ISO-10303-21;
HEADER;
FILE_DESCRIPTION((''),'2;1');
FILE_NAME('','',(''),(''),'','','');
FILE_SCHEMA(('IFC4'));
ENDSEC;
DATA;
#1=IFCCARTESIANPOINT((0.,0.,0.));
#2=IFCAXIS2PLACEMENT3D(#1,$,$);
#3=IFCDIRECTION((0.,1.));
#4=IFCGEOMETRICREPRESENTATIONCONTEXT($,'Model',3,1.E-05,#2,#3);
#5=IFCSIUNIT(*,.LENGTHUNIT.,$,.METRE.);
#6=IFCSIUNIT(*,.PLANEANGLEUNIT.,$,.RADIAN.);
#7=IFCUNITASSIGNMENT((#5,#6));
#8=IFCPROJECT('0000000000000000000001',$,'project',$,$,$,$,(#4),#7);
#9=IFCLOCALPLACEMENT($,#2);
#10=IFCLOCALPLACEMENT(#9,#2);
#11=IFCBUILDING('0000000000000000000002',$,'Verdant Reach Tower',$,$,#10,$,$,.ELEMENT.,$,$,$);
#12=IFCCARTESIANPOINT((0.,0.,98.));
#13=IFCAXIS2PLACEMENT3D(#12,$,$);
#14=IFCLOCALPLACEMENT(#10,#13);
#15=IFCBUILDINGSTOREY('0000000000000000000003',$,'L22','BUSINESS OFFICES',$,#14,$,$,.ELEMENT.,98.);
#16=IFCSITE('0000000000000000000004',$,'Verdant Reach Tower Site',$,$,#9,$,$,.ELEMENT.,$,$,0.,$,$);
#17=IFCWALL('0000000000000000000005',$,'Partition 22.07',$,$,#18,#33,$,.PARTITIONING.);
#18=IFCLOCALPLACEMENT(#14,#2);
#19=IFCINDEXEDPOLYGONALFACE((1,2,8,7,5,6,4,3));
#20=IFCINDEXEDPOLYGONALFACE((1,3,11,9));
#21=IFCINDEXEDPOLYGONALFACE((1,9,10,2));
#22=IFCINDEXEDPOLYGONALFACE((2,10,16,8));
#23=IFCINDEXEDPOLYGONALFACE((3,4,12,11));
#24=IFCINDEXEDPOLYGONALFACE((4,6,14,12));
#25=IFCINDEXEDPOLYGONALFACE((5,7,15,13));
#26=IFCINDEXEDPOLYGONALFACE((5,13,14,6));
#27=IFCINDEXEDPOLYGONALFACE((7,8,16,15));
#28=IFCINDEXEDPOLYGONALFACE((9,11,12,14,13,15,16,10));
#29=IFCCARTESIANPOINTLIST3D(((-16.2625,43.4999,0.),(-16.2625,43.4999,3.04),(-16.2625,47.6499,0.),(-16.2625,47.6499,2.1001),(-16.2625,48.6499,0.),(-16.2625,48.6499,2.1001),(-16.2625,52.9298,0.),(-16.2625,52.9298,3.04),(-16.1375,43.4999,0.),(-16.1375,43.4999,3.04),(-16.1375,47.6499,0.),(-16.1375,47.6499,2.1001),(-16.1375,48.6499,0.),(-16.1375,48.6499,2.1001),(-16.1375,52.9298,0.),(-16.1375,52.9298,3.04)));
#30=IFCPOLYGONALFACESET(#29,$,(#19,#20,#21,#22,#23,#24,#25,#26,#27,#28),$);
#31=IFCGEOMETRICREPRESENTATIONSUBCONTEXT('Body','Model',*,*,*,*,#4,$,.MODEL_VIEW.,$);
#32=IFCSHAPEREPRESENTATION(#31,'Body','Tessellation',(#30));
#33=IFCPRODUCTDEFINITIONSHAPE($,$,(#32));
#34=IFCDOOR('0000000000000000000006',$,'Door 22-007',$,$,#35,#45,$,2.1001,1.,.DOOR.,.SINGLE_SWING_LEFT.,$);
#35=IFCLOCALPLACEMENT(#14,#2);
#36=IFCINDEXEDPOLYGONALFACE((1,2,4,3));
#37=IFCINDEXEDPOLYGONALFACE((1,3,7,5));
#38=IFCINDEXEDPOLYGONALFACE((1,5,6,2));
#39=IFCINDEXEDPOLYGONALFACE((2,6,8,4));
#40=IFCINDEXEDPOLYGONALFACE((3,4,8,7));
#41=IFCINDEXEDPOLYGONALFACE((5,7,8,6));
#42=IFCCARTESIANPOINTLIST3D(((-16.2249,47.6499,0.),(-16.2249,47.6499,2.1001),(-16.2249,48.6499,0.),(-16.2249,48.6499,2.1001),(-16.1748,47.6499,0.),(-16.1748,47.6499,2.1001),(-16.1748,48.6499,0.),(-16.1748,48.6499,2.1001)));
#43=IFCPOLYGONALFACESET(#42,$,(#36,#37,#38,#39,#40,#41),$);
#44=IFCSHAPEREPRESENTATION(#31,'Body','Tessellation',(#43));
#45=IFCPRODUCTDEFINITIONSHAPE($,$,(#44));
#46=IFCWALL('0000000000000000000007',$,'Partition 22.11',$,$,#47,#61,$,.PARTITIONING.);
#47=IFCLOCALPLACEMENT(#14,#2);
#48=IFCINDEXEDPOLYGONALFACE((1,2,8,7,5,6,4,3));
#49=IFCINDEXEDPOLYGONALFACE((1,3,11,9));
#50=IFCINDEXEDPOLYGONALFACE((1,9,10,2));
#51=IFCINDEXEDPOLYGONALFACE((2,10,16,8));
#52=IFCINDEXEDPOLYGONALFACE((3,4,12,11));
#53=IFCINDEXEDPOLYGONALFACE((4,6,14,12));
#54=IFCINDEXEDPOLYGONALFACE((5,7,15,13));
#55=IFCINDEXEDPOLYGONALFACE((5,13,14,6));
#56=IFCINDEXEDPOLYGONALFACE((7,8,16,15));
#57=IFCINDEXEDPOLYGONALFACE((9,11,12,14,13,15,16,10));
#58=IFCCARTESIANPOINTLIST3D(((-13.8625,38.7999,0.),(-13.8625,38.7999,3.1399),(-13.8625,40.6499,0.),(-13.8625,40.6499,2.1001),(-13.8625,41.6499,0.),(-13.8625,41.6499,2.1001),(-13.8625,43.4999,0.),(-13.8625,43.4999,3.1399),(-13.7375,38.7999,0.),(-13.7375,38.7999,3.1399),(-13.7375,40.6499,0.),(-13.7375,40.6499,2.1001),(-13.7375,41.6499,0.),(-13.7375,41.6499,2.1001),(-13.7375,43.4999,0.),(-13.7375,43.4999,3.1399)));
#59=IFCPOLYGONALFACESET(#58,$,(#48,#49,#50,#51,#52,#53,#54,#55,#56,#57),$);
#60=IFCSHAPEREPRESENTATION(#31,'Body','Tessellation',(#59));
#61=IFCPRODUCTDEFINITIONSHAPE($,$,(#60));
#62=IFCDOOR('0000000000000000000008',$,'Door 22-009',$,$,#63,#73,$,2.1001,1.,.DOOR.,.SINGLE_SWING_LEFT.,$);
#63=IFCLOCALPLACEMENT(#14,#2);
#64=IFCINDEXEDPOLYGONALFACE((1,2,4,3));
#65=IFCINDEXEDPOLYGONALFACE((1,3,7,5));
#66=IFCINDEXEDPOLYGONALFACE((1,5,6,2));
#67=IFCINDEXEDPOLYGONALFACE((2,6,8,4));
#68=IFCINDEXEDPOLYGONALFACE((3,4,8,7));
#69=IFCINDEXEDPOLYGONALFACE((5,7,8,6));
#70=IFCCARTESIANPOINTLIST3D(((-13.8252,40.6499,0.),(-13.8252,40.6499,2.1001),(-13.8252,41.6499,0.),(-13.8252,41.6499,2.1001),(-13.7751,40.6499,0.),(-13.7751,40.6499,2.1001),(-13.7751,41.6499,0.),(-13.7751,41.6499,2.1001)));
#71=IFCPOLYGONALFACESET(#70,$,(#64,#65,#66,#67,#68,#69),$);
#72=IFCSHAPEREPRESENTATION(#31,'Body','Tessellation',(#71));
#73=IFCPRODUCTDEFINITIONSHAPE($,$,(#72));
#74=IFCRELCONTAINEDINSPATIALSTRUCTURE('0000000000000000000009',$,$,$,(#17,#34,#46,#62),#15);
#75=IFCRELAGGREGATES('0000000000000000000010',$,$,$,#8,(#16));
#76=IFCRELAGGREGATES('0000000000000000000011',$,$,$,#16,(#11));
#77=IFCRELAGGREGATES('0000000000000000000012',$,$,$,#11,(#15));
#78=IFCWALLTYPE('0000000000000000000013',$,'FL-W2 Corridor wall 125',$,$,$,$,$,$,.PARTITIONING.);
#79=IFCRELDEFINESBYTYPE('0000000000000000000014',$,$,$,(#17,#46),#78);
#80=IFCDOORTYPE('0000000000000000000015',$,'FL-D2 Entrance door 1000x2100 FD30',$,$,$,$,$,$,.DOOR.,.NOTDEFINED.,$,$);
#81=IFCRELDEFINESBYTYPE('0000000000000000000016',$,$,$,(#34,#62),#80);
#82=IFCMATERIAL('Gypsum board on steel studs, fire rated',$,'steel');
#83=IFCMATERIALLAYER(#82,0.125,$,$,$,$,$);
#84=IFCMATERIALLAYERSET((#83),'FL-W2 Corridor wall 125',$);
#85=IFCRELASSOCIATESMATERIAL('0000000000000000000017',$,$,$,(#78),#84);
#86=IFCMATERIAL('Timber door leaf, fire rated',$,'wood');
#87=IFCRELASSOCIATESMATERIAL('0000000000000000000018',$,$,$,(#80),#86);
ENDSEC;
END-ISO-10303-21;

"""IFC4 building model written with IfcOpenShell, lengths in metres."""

from ifc_helpers import new_model, si_unit, direction, frame, frame_2d, origin, place, context, subcontext, project, spatial, rectangle, extrude, material, layer, layer_set, type_object, element, fill, save


model = new_model("IFC4")

# Units and contexts
model_context = context("Model", 3, precision=1e-05, world=origin(), true_north=direction((0.0, 1.0)))
body_context = subcontext(model_context, "Body", "Model", "MODEL_VIEW")
ifc_project = project(units=[si_unit("LENGTHUNIT", "METRE"), si_unit("PLANEANGLEUNIT", "RADIAN")], contexts=[model_context])

# Site, building, storey
site_placement = place(None, origin())
site = spatial("IfcSite", under=ifc_project, at=site_placement, Name="Verdant Reach Tower Site", CompositionType="ELEMENT", RefElevation=0.0)
building_placement = place(site_placement, origin())
building = spatial("IfcBuilding", under=site, at=building_placement, Name="Verdant Reach Tower", CompositionType="ELEMENT")
storey_placement = place(building_placement, frame((0.0, 0.0, 98.0)))
storey = spatial("IfcBuildingStorey", under=building, at=storey_placement, Name="L22", Description="BUSINESS OFFICES", CompositionType="ELEMENT", Elevation=98.0)

# Walls, openings, doors
ifc_material_1 = material(Name="Gypsum board on steel studs, fire rated", Category="steel")
ifc_layer_1 = layer(ifc_material_1, 0.125)
ifc_layer_set_1 = layer_set([ifc_layer_1], Name="FL-W2 Corridor wall 125")
wall_type_1 = type_object("IfcWallType", Name="FL-W2 Corridor wall 125", PredefinedType="PARTITIONING", material=ifc_layer_set_1)
wall_1_placement = place(storey_placement, frame((-16.2, 43.5, 0.0), z_axis=(0.0, 0.0, 1.0), x_axis=(0.0, 1.0, 0.0)))
wall_1 = element("IfcWall", 1, at=wall_1_placement, inside=storey, type_object=wall_type_1, Name="Partition 22.07", PredefinedType="PARTITIONING", context=body_context, shape_type="SweptSolid", body=[
    extrude(rectangle(XDim=9.4299, YDim=0.125, at=frame_2d((4.7148, 0.0))), origin(), (0.0, 0.0, 1.0), 3.04),
])
opening_1_placement = place(wall_1_placement, frame((4.1499, 0.0, 0.0)))
opening_1 = element("IfcOpeningElement", 2, at=opening_1_placement, cuts=wall_1, PredefinedType="OPENING", context=body_context, shape_type="SweptSolid", body=[
    extrude(rectangle(XDim=1.0, YDim=2.1001, at=frame_2d((0.5, 1.05))), frame((0.0, 0.0725, 0.0), z_axis=(0.0, -1.0, 0.0), x_axis=(1.0, 0.0, 0.0)), (0.0, 0.0, 1.0), 0.145),
])
ifc_material_2 = material(Name="Timber door leaf, fire rated", Category="wood")
door_type = type_object("IfcDoorType", Name="FL-D2 Entrance door 1000x2100 FD30", OperationType="NOTDEFINED", PredefinedType="DOOR", material=ifc_material_2)
door_1_placement = place(opening_1_placement, origin())
door_1 = element("IfcDoor", 3, at=door_1_placement, inside=storey, type_object=door_type, Name="Door 22-007", OperationType="SINGLE_SWING_LEFT", OverallHeight=2.1001, OverallWidth=1.0, PredefinedType="DOOR", context=body_context, shape_type="SweptSolid", body=[
    extrude(rectangle(XDim=1.0, YDim=2.1001, at=frame_2d((0.5, 1.05))), frame((0.0, 0.0249, 0.0), z_axis=(0.0, -1.0, 0.0), x_axis=(1.0, 0.0, 0.0)), (0.0, 0.0, 1.0), 0.05),
])
fill(opening_1, door_1)
wall_2_placement = place(storey_placement, frame((-13.8, 43.5, 0.0), z_axis=(0.0, 0.0, 1.0), x_axis=(0.0, -1.0, 0.0)))
wall_2 = element("IfcWall", 4, at=wall_2_placement, inside=storey, type_object=wall_type_1, Name="Partition 22.11", PredefinedType="PARTITIONING", context=body_context, shape_type="SweptSolid", body=[
    extrude(rectangle(XDim=4.7, YDim=0.125, at=frame_2d((2.3501, 0.0))), origin(), (0.0, 0.0, 1.0), 3.1399),
])
opening_2_placement = place(wall_2_placement, frame((1.8501, 0.0, 0.0)))
opening_2 = element("IfcOpeningElement", 5, at=opening_2_placement, cuts=wall_2, PredefinedType="OPENING", context=body_context, shape_type="SweptSolid", body=[
    extrude(rectangle(XDim=1.0, YDim=2.1001, at=frame_2d((0.5, 1.05))), frame((0.0, 0.0725, 0.0), z_axis=(0.0, -1.0, 0.0), x_axis=(1.0, 0.0, 0.0)), (0.0, 0.0, 1.0), 0.145),
])
door_2_placement = place(opening_2_placement, origin())
door_2 = element("IfcDoor", 6, at=door_2_placement, inside=storey, type_object=door_type, Name="Door 22-009", OperationType="SINGLE_SWING_LEFT", OverallHeight=2.1001, OverallWidth=1.0, PredefinedType="DOOR", context=body_context, shape_type="SweptSolid", body=[
    extrude(rectangle(XDim=1.0, YDim=2.1001, at=frame_2d((0.5, 1.05))), frame((0.0, 0.0249, 0.0), z_axis=(0.0, -1.0, 0.0), x_axis=(1.0, 0.0, 0.0)), (0.0, 0.0, 1.0), 0.05),
])
fill(opening_2, door_2)

save(model, "model.ifc")
